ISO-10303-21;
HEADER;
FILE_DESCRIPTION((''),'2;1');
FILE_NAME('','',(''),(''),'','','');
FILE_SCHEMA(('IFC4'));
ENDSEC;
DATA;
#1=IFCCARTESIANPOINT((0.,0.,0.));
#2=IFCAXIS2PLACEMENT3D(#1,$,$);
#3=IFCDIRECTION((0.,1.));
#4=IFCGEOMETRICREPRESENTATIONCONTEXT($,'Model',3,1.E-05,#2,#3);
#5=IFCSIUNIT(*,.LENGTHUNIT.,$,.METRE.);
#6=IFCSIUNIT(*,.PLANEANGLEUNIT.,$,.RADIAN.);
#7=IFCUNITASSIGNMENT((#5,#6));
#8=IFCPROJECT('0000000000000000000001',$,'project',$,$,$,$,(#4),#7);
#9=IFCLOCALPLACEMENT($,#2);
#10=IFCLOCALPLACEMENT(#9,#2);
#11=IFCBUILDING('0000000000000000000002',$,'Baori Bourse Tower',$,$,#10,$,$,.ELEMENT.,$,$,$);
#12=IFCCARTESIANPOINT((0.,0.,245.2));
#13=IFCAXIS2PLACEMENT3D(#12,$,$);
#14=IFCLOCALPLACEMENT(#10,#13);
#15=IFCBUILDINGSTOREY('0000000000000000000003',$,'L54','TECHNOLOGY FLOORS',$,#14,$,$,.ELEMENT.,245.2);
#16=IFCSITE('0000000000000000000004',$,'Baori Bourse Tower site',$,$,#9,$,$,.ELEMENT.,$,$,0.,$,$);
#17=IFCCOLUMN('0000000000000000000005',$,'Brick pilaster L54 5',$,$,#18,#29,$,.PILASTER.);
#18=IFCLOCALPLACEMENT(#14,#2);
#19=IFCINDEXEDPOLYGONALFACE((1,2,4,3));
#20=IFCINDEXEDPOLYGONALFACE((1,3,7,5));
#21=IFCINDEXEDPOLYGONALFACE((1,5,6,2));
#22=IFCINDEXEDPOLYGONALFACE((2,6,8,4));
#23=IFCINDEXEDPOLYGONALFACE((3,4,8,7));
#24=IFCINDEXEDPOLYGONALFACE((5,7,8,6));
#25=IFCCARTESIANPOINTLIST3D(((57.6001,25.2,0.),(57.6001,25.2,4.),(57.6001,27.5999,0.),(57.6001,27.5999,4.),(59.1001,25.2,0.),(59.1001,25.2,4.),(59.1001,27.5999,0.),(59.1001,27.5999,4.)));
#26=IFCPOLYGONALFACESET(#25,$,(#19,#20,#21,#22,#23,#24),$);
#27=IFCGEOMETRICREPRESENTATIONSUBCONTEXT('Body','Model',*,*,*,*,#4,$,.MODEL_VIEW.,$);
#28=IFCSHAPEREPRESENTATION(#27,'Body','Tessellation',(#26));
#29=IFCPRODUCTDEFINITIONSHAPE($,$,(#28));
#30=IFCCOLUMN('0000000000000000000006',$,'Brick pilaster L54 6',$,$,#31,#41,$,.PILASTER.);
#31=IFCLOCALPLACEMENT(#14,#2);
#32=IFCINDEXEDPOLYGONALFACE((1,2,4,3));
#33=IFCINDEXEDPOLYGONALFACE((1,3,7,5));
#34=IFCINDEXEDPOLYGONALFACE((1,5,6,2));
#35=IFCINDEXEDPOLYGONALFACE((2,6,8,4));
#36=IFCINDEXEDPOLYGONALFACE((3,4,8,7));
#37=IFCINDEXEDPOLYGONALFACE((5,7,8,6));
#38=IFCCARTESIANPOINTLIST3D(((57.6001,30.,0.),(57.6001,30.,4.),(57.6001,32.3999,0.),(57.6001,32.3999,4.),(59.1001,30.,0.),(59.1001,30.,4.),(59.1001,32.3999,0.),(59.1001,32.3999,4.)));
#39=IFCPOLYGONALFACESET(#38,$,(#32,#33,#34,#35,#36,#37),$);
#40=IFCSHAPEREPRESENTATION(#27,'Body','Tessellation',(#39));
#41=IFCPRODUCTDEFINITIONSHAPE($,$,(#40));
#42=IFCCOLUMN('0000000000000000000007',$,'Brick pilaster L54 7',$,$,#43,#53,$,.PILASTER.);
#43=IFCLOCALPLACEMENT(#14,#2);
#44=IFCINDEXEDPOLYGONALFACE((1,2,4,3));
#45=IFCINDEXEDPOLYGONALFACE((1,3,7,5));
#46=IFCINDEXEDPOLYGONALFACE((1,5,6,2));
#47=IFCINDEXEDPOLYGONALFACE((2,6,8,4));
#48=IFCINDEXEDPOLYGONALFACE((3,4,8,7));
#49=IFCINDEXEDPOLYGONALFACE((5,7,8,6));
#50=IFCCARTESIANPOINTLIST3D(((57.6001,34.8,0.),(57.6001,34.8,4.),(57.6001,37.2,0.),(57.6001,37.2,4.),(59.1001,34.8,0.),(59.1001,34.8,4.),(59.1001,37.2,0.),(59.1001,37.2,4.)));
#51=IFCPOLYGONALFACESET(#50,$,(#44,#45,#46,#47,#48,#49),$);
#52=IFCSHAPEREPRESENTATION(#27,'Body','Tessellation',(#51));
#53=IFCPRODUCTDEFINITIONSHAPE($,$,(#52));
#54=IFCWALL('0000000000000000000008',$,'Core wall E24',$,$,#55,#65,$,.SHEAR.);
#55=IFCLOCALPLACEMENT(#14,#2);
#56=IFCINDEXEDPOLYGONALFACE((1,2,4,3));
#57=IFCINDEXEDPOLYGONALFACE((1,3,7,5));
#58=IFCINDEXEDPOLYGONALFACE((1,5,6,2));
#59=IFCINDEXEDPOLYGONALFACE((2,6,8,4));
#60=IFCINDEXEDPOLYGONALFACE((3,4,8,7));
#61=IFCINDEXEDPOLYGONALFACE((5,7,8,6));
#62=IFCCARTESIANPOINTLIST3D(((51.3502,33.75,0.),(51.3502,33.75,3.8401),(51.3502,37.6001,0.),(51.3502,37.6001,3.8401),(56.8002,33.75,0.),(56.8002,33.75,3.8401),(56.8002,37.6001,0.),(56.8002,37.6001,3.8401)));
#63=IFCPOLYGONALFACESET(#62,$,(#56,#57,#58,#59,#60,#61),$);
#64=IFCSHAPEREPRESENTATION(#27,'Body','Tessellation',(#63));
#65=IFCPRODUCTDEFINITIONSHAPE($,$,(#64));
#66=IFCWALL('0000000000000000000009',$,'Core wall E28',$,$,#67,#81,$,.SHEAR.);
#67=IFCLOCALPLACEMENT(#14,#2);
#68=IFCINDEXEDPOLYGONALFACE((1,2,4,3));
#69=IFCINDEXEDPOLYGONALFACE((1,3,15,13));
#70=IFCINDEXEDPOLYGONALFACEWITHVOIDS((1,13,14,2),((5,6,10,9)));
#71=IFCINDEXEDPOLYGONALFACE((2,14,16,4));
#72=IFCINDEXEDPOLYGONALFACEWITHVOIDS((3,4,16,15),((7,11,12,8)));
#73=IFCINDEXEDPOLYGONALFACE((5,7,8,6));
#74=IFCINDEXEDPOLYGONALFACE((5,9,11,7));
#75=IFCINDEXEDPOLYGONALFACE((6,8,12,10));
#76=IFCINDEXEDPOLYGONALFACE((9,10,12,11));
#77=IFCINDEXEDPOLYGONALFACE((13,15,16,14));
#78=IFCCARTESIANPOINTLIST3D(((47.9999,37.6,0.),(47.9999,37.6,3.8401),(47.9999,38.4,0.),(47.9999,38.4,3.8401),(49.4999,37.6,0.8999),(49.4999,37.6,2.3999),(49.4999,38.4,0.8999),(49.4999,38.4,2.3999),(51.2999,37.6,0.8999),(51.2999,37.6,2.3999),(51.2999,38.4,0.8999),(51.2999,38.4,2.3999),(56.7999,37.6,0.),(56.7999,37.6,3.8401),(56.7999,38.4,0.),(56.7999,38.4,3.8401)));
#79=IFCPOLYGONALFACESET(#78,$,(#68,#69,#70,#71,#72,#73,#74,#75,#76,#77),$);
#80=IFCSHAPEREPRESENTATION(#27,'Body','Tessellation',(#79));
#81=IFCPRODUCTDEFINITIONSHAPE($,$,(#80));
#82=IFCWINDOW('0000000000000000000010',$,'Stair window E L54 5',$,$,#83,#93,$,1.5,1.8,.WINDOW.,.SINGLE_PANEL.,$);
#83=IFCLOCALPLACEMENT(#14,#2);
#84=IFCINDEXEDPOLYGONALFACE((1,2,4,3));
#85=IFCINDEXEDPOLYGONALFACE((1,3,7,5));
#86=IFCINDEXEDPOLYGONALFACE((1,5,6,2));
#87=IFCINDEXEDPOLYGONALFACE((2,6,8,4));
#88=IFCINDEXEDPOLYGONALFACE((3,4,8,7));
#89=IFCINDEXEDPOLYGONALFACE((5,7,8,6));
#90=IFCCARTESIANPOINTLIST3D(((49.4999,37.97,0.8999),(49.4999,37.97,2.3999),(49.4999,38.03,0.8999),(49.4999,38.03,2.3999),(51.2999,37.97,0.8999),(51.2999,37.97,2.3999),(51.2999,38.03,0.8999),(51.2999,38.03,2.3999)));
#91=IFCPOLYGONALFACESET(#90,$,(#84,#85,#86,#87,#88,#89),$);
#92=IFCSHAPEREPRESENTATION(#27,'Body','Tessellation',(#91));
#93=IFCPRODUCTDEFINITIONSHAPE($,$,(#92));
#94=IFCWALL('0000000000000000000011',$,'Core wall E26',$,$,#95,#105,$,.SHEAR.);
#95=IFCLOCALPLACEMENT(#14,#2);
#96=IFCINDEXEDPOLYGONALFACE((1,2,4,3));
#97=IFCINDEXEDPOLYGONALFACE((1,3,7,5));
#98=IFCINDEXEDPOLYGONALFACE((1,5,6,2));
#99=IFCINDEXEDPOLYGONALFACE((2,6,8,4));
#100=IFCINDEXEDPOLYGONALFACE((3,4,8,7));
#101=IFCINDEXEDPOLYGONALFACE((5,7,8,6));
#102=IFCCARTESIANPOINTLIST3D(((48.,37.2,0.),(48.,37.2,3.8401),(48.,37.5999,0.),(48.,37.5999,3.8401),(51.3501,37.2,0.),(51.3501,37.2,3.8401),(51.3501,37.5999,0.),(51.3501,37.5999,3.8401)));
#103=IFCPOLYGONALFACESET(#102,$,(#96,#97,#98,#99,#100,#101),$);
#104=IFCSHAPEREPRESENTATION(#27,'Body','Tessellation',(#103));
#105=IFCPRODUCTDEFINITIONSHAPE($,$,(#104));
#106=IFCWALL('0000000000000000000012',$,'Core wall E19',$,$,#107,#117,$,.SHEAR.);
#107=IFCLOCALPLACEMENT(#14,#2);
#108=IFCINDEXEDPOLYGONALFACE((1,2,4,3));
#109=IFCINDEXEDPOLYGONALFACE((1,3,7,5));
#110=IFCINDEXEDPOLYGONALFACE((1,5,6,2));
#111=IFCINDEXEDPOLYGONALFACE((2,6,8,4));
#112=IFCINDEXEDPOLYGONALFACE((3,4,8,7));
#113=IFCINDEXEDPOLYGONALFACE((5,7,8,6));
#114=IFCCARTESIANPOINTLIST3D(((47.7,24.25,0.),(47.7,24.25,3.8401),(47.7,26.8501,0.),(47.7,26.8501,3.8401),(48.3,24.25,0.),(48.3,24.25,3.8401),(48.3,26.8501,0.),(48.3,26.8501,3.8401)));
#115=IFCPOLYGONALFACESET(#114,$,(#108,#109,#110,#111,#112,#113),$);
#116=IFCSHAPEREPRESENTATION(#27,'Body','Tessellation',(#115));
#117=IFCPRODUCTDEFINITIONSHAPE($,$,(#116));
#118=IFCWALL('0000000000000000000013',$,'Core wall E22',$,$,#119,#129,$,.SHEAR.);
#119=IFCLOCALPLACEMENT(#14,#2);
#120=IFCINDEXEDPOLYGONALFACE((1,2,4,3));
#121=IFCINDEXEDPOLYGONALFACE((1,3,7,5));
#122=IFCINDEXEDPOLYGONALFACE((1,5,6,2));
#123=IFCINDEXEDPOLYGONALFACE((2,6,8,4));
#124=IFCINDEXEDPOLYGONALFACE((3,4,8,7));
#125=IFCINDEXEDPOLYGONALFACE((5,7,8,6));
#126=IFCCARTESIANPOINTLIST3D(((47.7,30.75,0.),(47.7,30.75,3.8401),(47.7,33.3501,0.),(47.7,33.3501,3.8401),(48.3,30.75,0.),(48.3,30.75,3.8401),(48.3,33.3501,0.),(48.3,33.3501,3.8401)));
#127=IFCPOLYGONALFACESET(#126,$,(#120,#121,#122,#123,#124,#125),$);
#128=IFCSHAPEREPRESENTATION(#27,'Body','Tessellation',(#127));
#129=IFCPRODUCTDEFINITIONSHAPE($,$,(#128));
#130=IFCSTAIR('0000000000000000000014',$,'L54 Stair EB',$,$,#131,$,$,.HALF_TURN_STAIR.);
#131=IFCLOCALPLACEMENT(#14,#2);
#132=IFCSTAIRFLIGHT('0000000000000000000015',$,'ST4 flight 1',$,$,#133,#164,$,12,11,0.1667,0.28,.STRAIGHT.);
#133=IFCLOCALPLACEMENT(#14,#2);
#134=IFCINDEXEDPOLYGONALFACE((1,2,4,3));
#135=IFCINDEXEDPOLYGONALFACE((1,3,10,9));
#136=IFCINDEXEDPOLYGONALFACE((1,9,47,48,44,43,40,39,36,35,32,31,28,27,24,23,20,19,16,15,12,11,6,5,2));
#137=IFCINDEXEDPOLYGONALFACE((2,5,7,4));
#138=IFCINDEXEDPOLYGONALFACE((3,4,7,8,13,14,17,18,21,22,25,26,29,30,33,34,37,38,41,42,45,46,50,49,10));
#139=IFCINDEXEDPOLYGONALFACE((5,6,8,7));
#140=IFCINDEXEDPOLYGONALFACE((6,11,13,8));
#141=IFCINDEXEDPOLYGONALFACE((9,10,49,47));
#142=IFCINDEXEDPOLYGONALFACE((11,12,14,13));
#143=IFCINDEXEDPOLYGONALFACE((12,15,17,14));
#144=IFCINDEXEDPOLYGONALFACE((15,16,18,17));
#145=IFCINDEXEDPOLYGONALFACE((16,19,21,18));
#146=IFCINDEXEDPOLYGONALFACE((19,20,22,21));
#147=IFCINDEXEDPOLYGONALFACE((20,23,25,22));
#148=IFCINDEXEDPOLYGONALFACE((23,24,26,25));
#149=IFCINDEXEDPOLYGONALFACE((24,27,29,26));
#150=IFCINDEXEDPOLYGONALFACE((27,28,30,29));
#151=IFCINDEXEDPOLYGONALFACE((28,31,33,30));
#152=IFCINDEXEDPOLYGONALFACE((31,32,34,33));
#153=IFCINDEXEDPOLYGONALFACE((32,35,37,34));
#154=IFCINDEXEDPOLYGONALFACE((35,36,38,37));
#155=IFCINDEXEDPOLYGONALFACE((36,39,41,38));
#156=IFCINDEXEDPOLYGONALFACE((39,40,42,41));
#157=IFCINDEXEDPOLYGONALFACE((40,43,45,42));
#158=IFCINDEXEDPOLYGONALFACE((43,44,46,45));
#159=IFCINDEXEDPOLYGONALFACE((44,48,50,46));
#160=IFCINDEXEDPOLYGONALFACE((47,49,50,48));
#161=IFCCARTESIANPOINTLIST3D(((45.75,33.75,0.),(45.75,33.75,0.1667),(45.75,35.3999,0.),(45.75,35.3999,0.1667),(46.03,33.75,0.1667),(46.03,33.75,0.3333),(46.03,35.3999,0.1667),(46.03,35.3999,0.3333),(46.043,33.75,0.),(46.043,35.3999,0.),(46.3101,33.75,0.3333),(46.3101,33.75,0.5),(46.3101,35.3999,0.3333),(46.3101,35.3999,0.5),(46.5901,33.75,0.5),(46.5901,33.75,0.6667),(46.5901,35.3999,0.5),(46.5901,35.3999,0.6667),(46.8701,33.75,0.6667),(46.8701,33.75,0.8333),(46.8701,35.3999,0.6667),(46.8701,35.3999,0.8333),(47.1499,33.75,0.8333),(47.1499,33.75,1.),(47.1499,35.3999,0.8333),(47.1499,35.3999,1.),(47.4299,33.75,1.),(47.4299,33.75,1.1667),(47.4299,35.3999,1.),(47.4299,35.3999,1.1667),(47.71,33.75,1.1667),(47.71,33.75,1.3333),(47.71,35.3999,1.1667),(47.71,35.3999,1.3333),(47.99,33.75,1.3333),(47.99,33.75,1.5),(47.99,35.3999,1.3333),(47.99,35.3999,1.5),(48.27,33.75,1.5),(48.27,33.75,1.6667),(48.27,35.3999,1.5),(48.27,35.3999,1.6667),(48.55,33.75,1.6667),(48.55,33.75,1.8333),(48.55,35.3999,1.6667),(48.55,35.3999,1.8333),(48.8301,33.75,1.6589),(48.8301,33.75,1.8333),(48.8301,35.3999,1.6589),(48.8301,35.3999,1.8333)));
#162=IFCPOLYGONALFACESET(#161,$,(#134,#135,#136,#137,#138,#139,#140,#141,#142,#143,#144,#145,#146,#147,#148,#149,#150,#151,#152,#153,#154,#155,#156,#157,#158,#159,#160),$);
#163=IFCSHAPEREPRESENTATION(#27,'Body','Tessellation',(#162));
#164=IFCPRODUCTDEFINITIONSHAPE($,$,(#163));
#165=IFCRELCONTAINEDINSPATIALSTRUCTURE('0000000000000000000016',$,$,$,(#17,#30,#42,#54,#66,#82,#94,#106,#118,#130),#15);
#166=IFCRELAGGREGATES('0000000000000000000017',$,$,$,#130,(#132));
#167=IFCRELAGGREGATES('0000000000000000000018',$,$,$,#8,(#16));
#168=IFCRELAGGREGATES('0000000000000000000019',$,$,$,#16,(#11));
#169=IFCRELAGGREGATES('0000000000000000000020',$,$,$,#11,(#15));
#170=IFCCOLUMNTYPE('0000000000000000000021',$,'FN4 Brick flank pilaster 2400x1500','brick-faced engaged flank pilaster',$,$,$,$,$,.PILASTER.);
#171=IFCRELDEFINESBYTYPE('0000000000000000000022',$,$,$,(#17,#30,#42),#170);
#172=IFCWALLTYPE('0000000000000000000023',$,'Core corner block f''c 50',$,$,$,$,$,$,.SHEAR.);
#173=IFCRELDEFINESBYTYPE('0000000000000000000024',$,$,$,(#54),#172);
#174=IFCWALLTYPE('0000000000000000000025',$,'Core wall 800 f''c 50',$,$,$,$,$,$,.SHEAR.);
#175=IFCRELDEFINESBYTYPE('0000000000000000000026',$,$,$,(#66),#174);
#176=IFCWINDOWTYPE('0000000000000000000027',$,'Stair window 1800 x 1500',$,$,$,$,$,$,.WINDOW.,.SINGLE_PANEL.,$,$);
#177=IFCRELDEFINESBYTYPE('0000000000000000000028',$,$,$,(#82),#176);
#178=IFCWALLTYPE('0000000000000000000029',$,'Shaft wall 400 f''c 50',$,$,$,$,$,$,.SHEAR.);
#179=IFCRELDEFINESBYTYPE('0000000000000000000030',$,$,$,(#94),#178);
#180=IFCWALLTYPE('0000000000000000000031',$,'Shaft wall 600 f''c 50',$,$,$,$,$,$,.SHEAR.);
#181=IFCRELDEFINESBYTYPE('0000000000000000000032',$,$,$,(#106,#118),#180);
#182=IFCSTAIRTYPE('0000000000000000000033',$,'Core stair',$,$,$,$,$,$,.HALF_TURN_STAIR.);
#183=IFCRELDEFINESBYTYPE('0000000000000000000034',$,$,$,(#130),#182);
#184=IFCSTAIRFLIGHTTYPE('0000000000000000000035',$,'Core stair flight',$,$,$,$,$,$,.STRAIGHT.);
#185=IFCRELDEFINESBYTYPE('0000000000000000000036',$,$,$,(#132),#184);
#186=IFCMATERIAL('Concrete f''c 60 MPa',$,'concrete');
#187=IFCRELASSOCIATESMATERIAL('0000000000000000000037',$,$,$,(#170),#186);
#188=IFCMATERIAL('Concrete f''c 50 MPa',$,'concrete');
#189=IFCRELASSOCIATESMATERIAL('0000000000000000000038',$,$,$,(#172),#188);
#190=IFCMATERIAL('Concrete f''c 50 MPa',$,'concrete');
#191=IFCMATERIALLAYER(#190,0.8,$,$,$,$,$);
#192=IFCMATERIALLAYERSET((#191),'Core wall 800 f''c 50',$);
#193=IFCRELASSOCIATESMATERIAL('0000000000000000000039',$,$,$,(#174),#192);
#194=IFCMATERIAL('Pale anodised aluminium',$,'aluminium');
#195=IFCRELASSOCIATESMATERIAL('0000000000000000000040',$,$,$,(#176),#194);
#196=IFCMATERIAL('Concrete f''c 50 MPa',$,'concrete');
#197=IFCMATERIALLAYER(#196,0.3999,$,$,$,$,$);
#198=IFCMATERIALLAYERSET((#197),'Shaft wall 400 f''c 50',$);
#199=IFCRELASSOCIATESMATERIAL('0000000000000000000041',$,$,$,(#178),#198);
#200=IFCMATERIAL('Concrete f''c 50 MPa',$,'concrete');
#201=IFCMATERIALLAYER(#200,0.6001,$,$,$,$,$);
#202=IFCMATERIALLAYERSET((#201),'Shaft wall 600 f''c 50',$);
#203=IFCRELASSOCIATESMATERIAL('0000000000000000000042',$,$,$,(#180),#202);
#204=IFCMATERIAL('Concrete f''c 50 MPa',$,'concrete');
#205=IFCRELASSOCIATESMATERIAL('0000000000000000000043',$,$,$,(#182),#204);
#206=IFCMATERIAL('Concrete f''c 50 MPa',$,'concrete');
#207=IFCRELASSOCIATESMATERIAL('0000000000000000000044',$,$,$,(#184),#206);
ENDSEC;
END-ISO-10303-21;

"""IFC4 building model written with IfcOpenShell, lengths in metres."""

from ifc_helpers import new_model, si_unit, direction, frame, frame_2d, origin, origin_2d, place, context, subcontext, project, spatial, polyline, rectangle, outline, extrude, material, layer, layer_set, material_profile, profile_set, type_object, element, fill, aggregate, save


model = new_model("IFC4")

# Units and contexts
model_context = context("Model", 3, precision=1e-05, world=origin(), true_north=direction((0.0, 1.0)))
body_context = subcontext(model_context, "Body", "Model", "MODEL_VIEW")
ifc_project = project(units=[si_unit("LENGTHUNIT", "METRE"), si_unit("PLANEANGLEUNIT", "RADIAN")], contexts=[model_context])

# Site, building, storey
site_placement = place(None, origin())
site = spatial("IfcSite", under=ifc_project, at=site_placement, Name="Baori Bourse Tower site", CompositionType="ELEMENT", RefElevation=0.0)
building_placement = place(site_placement, origin())
building = spatial("IfcBuilding", under=site, at=building_placement, Name="Baori Bourse Tower", CompositionType="ELEMENT")
storey_placement = place(building_placement, frame((0.0, 0.0, 245.2)))
storey = spatial("IfcBuildingStorey", under=building, at=storey_placement, Name="L54", Description="TECHNOLOGY FLOORS", CompositionType="ELEMENT", Elevation=245.2)

# Columns
ifc_material_1 = material(Name="Concrete f'c 60 MPa", Category="concrete")
ifc_material_profile = material_profile(ifc_material_1, rectangle(XDim=2.3999, YDim=1.5, at=origin_2d()), Name="RC 2400x1500")
ifc_profile_set = profile_set([ifc_material_profile], Name="Concrete f'c 60 MPa")
column_type = type_object("IfcColumnType", Name="FN4 Brick flank pilaster 2400x1500", Description="brick-faced engaged flank pilaster", PredefinedType="PILASTER", material=ifc_profile_set)
for number, where, z_axis, x_axis, name in (
    (1, (58.3501, 26.3999, 0.0), (0.0, 0.0, 1.0), (0.0, 1.0, 0.0), "Brick pilaster L54 5"),
    (2, (58.3501, 31.2, 0.0), (0.0, 0.0, 1.0), (0.0, 1.0, 0.0), "Brick pilaster L54 6"),
    (3, (58.3501, 36.0, 0.0), (0.0, 0.0, 1.0), (0.0, 1.0, 0.0), "Brick pilaster L54 7"),
):
    element("IfcColumn", number, at=place(storey_placement, frame(where, z_axis=z_axis, x_axis=x_axis)), inside=storey, type_object=column_type, Name=name, PredefinedType="PILASTER", context=body_context, shape_type="SweptSolid", body=[
        extrude(rectangle(XDim=2.3999, YDim=1.5, at=origin_2d()), origin(), (0.0, 0.0, 1.0), 4.0),
    ])

# Wall
ifc_material_2 = material(Name="Concrete f'c 50 MPa", Category="concrete")
wall_type_1 = type_object("IfcWallType", Name="Core corner block f'c 50", PredefinedType="SHEAR", material=ifc_material_2)
wall_1_placement = place(storey_placement, frame((51.3501, 35.675, 0.0), z_axis=(0.0, 0.0, 1.0), x_axis=(1.0, 0.0, 0.0)))
element("IfcWall", 4, at=wall_1_placement, inside=storey, type_object=wall_type_1, Name="Core wall E24", PredefinedType="SHEAR", context=body_context, shape_type="SweptSolid", body=[
    extrude(rectangle(XDim=5.45, YDim=3.8501, at=frame_2d((2.7251, 0.0))), origin(), (0.0, 0.0, 1.0), 3.8401),
])

# Wall, opening, window
ifc_material_3 = material(Name="Concrete f'c 50 MPa", Category="concrete")
ifc_layer_1 = layer(ifc_material_3, 0.8)
ifc_layer_set_1 = layer_set([ifc_layer_1], Name="Core wall 800 f'c 50")
wall_type_2 = type_object("IfcWallType", Name="Core wall 800 f'c 50", PredefinedType="SHEAR", material=ifc_layer_set_1)
wall_2_placement = place(storey_placement, frame((48.0, 38.0, 0.0), z_axis=(0.0, 0.0, 1.0), x_axis=(1.0, 0.0, 0.0)))
wall_2 = element("IfcWall", 5, at=wall_2_placement, inside=storey, type_object=wall_type_2, Name="Core wall E28", PredefinedType="SHEAR", context=body_context, shape_type="SweptSolid", body=[
    extrude(rectangle(XDim=8.8, YDim=0.8, at=frame_2d((4.3999, 0.0))), origin(), (0.0, 0.0, 1.0), 3.8401),
])
opening_placement = place(wall_2_placement, frame((1.5, 0.0, 0.8999)))
opening = element("IfcOpeningElement", 6, at=opening_placement, cuts=wall_2, PredefinedType="OPENING", context=body_context, shape_type="SweptSolid", body=[
    extrude(rectangle(XDim=1.8, YDim=1.5, at=frame_2d((0.8999, 0.75))), frame((0.0, 0.4099, 0.0), z_axis=(0.0, -1.0, 0.0), x_axis=(1.0, 0.0, 0.0)), (0.0, 0.0, 1.0), 0.8201),
])
ifc_material_4 = material(Name="Pale anodised aluminium", Category="aluminium")
window_type = type_object("IfcWindowType", Name="Stair window 1800 x 1500", PartitioningType="SINGLE_PANEL", PredefinedType="WINDOW", material=ifc_material_4)
window_placement = place(opening_placement, origin())
window = element("IfcWindow", 7, at=window_placement, inside=storey, type_object=window_type, Name="Stair window E L54 5", OverallHeight=1.5, OverallWidth=1.8, PartitioningType="SINGLE_PANEL", PredefinedType="WINDOW", context=body_context, shape_type="SweptSolid", body=[
    extrude(rectangle(XDim=1.8, YDim=1.5, at=frame_2d((0.8999, 0.75))), frame((0.0, 0.03, 0.0), z_axis=(0.0, -1.0, 0.0), x_axis=(1.0, 0.0, 0.0)), (0.0, 0.0, 1.0), 0.0601),
])
fill(opening, window)

# Walls
ifc_material_5 = material(Name="Concrete f'c 50 MPa", Category="concrete")
ifc_layer_2 = layer(ifc_material_5, 0.3999)
ifc_layer_set_2 = layer_set([ifc_layer_2], Name="Shaft wall 400 f'c 50")
wall_type_3 = type_object("IfcWallType", Name="Shaft wall 400 f'c 50", PredefinedType="SHEAR", material=ifc_layer_set_2)
wall_3_placement = place(storey_placement, frame((48.0, 37.3999, 0.0), z_axis=(0.0, 0.0, 1.0), x_axis=(1.0, 0.0, 0.0)))
element("IfcWall", 8, at=wall_3_placement, inside=storey, type_object=wall_type_3, Name="Core wall E26", PredefinedType="SHEAR", context=body_context, shape_type="SweptSolid", body=[
    extrude(rectangle(XDim=3.3501, YDim=0.3999, at=frame_2d((1.675, 0.0))), origin(), (0.0, 0.0, 1.0), 3.8401),
])
ifc_material_6 = material(Name="Concrete f'c 50 MPa", Category="concrete")
ifc_layer_3 = layer(ifc_material_6, 0.6001)
ifc_layer_set_3 = layer_set([ifc_layer_3], Name="Shaft wall 600 f'c 50")
wall_type_4 = type_object("IfcWallType", Name="Shaft wall 600 f'c 50", PredefinedType="SHEAR", material=ifc_layer_set_3)
for number, where, z_axis, x_axis, name in (
    (9, (48.0, 24.25, 0.0), (0.0, 0.0, 1.0), (0.0, 1.0, 0.0), "Core wall E19"),
    (10, (48.0, 30.75, 0.0), (0.0, 0.0, 1.0), (0.0, 1.0, 0.0), "Core wall E22"),
):
    element("IfcWall", number, at=place(storey_placement, frame(where, z_axis=z_axis, x_axis=x_axis)), inside=storey, type_object=wall_type_4, Name=name, PredefinedType="SHEAR", context=body_context, shape_type="SweptSolid", body=[
        extrude(rectangle(XDim=2.6001, YDim=0.6001, at=frame_2d((1.3, 0.0))), origin(), (0.0, 0.0, 1.0), 3.8401),
    ])

# Stair, stair flight
ifc_material_7 = material(Name="Concrete f'c 50 MPa", Category="concrete")
stair_type = type_object("IfcStairType", Name="Core stair", PredefinedType="HALF_TURN_STAIR", material=ifc_material_7)
stair_placement = place(storey_placement, origin())
stair = element("IfcStair", 11, at=stair_placement, inside=storey, type_object=stair_type, Name="L54 Stair EB", PredefinedType="HALF_TURN_STAIR")
ifc_material_8 = material(Name="Concrete f'c 50 MPa", Category="concrete")
stair_flight_type = type_object("IfcStairFlightType", Name="Core stair flight", PredefinedType="STRAIGHT", material=ifc_material_8)
stair_flight_1_placement = place(storey_placement, frame((45.75, 34.575, 0.0), z_axis=(0.0, 0.0, 1.0), x_axis=(1.0, 0.0, 0.0)))
stair_flight_1 = element("IfcStairFlight", 12, at=stair_flight_1_placement, type_object=stair_flight_type, Name="ST4 flight 1", NumberOfRisers=12, NumberOfTreads=11, PredefinedType="STRAIGHT", RiserHeight=0.1667, TreadLength=0.28, context=body_context, shape_type="SweptSolid", body=[
    extrude(outline(polyline([(0.0, 0.0), (0.0, 0.1667), (0.28, 0.1667), (0.28, 0.3333), (0.5601, 0.3333), (0.5601, 0.5), (0.8401, 0.5), (0.8401, 0.6667), (1.1201, 0.6667), (1.1201, 0.8333), (1.3999, 0.8333), (1.3999, 1.0), (1.6799, 1.0), (1.6799, 1.1667), (1.96, 1.1667), (1.96, 1.3333), (2.24, 1.3333), (2.24, 1.5), (2.52, 1.5), (2.52, 1.6667), (2.8, 1.6667), (2.8, 1.8333), (3.0801, 1.8333), (3.0801, 2.0), (3.0801, 1.6589), (0.293, 0.0), (0.0, 0.0)])), frame((0.0, 0.825, 0.0), z_axis=(0.0, -1.0, 0.0), x_axis=(1.0, 0.0, 0.0)), (0.0, 0.0, 1.0), 1.6499),
])
aggregate(stair, [stair_flight_1])

save(model, "model.ifc")
